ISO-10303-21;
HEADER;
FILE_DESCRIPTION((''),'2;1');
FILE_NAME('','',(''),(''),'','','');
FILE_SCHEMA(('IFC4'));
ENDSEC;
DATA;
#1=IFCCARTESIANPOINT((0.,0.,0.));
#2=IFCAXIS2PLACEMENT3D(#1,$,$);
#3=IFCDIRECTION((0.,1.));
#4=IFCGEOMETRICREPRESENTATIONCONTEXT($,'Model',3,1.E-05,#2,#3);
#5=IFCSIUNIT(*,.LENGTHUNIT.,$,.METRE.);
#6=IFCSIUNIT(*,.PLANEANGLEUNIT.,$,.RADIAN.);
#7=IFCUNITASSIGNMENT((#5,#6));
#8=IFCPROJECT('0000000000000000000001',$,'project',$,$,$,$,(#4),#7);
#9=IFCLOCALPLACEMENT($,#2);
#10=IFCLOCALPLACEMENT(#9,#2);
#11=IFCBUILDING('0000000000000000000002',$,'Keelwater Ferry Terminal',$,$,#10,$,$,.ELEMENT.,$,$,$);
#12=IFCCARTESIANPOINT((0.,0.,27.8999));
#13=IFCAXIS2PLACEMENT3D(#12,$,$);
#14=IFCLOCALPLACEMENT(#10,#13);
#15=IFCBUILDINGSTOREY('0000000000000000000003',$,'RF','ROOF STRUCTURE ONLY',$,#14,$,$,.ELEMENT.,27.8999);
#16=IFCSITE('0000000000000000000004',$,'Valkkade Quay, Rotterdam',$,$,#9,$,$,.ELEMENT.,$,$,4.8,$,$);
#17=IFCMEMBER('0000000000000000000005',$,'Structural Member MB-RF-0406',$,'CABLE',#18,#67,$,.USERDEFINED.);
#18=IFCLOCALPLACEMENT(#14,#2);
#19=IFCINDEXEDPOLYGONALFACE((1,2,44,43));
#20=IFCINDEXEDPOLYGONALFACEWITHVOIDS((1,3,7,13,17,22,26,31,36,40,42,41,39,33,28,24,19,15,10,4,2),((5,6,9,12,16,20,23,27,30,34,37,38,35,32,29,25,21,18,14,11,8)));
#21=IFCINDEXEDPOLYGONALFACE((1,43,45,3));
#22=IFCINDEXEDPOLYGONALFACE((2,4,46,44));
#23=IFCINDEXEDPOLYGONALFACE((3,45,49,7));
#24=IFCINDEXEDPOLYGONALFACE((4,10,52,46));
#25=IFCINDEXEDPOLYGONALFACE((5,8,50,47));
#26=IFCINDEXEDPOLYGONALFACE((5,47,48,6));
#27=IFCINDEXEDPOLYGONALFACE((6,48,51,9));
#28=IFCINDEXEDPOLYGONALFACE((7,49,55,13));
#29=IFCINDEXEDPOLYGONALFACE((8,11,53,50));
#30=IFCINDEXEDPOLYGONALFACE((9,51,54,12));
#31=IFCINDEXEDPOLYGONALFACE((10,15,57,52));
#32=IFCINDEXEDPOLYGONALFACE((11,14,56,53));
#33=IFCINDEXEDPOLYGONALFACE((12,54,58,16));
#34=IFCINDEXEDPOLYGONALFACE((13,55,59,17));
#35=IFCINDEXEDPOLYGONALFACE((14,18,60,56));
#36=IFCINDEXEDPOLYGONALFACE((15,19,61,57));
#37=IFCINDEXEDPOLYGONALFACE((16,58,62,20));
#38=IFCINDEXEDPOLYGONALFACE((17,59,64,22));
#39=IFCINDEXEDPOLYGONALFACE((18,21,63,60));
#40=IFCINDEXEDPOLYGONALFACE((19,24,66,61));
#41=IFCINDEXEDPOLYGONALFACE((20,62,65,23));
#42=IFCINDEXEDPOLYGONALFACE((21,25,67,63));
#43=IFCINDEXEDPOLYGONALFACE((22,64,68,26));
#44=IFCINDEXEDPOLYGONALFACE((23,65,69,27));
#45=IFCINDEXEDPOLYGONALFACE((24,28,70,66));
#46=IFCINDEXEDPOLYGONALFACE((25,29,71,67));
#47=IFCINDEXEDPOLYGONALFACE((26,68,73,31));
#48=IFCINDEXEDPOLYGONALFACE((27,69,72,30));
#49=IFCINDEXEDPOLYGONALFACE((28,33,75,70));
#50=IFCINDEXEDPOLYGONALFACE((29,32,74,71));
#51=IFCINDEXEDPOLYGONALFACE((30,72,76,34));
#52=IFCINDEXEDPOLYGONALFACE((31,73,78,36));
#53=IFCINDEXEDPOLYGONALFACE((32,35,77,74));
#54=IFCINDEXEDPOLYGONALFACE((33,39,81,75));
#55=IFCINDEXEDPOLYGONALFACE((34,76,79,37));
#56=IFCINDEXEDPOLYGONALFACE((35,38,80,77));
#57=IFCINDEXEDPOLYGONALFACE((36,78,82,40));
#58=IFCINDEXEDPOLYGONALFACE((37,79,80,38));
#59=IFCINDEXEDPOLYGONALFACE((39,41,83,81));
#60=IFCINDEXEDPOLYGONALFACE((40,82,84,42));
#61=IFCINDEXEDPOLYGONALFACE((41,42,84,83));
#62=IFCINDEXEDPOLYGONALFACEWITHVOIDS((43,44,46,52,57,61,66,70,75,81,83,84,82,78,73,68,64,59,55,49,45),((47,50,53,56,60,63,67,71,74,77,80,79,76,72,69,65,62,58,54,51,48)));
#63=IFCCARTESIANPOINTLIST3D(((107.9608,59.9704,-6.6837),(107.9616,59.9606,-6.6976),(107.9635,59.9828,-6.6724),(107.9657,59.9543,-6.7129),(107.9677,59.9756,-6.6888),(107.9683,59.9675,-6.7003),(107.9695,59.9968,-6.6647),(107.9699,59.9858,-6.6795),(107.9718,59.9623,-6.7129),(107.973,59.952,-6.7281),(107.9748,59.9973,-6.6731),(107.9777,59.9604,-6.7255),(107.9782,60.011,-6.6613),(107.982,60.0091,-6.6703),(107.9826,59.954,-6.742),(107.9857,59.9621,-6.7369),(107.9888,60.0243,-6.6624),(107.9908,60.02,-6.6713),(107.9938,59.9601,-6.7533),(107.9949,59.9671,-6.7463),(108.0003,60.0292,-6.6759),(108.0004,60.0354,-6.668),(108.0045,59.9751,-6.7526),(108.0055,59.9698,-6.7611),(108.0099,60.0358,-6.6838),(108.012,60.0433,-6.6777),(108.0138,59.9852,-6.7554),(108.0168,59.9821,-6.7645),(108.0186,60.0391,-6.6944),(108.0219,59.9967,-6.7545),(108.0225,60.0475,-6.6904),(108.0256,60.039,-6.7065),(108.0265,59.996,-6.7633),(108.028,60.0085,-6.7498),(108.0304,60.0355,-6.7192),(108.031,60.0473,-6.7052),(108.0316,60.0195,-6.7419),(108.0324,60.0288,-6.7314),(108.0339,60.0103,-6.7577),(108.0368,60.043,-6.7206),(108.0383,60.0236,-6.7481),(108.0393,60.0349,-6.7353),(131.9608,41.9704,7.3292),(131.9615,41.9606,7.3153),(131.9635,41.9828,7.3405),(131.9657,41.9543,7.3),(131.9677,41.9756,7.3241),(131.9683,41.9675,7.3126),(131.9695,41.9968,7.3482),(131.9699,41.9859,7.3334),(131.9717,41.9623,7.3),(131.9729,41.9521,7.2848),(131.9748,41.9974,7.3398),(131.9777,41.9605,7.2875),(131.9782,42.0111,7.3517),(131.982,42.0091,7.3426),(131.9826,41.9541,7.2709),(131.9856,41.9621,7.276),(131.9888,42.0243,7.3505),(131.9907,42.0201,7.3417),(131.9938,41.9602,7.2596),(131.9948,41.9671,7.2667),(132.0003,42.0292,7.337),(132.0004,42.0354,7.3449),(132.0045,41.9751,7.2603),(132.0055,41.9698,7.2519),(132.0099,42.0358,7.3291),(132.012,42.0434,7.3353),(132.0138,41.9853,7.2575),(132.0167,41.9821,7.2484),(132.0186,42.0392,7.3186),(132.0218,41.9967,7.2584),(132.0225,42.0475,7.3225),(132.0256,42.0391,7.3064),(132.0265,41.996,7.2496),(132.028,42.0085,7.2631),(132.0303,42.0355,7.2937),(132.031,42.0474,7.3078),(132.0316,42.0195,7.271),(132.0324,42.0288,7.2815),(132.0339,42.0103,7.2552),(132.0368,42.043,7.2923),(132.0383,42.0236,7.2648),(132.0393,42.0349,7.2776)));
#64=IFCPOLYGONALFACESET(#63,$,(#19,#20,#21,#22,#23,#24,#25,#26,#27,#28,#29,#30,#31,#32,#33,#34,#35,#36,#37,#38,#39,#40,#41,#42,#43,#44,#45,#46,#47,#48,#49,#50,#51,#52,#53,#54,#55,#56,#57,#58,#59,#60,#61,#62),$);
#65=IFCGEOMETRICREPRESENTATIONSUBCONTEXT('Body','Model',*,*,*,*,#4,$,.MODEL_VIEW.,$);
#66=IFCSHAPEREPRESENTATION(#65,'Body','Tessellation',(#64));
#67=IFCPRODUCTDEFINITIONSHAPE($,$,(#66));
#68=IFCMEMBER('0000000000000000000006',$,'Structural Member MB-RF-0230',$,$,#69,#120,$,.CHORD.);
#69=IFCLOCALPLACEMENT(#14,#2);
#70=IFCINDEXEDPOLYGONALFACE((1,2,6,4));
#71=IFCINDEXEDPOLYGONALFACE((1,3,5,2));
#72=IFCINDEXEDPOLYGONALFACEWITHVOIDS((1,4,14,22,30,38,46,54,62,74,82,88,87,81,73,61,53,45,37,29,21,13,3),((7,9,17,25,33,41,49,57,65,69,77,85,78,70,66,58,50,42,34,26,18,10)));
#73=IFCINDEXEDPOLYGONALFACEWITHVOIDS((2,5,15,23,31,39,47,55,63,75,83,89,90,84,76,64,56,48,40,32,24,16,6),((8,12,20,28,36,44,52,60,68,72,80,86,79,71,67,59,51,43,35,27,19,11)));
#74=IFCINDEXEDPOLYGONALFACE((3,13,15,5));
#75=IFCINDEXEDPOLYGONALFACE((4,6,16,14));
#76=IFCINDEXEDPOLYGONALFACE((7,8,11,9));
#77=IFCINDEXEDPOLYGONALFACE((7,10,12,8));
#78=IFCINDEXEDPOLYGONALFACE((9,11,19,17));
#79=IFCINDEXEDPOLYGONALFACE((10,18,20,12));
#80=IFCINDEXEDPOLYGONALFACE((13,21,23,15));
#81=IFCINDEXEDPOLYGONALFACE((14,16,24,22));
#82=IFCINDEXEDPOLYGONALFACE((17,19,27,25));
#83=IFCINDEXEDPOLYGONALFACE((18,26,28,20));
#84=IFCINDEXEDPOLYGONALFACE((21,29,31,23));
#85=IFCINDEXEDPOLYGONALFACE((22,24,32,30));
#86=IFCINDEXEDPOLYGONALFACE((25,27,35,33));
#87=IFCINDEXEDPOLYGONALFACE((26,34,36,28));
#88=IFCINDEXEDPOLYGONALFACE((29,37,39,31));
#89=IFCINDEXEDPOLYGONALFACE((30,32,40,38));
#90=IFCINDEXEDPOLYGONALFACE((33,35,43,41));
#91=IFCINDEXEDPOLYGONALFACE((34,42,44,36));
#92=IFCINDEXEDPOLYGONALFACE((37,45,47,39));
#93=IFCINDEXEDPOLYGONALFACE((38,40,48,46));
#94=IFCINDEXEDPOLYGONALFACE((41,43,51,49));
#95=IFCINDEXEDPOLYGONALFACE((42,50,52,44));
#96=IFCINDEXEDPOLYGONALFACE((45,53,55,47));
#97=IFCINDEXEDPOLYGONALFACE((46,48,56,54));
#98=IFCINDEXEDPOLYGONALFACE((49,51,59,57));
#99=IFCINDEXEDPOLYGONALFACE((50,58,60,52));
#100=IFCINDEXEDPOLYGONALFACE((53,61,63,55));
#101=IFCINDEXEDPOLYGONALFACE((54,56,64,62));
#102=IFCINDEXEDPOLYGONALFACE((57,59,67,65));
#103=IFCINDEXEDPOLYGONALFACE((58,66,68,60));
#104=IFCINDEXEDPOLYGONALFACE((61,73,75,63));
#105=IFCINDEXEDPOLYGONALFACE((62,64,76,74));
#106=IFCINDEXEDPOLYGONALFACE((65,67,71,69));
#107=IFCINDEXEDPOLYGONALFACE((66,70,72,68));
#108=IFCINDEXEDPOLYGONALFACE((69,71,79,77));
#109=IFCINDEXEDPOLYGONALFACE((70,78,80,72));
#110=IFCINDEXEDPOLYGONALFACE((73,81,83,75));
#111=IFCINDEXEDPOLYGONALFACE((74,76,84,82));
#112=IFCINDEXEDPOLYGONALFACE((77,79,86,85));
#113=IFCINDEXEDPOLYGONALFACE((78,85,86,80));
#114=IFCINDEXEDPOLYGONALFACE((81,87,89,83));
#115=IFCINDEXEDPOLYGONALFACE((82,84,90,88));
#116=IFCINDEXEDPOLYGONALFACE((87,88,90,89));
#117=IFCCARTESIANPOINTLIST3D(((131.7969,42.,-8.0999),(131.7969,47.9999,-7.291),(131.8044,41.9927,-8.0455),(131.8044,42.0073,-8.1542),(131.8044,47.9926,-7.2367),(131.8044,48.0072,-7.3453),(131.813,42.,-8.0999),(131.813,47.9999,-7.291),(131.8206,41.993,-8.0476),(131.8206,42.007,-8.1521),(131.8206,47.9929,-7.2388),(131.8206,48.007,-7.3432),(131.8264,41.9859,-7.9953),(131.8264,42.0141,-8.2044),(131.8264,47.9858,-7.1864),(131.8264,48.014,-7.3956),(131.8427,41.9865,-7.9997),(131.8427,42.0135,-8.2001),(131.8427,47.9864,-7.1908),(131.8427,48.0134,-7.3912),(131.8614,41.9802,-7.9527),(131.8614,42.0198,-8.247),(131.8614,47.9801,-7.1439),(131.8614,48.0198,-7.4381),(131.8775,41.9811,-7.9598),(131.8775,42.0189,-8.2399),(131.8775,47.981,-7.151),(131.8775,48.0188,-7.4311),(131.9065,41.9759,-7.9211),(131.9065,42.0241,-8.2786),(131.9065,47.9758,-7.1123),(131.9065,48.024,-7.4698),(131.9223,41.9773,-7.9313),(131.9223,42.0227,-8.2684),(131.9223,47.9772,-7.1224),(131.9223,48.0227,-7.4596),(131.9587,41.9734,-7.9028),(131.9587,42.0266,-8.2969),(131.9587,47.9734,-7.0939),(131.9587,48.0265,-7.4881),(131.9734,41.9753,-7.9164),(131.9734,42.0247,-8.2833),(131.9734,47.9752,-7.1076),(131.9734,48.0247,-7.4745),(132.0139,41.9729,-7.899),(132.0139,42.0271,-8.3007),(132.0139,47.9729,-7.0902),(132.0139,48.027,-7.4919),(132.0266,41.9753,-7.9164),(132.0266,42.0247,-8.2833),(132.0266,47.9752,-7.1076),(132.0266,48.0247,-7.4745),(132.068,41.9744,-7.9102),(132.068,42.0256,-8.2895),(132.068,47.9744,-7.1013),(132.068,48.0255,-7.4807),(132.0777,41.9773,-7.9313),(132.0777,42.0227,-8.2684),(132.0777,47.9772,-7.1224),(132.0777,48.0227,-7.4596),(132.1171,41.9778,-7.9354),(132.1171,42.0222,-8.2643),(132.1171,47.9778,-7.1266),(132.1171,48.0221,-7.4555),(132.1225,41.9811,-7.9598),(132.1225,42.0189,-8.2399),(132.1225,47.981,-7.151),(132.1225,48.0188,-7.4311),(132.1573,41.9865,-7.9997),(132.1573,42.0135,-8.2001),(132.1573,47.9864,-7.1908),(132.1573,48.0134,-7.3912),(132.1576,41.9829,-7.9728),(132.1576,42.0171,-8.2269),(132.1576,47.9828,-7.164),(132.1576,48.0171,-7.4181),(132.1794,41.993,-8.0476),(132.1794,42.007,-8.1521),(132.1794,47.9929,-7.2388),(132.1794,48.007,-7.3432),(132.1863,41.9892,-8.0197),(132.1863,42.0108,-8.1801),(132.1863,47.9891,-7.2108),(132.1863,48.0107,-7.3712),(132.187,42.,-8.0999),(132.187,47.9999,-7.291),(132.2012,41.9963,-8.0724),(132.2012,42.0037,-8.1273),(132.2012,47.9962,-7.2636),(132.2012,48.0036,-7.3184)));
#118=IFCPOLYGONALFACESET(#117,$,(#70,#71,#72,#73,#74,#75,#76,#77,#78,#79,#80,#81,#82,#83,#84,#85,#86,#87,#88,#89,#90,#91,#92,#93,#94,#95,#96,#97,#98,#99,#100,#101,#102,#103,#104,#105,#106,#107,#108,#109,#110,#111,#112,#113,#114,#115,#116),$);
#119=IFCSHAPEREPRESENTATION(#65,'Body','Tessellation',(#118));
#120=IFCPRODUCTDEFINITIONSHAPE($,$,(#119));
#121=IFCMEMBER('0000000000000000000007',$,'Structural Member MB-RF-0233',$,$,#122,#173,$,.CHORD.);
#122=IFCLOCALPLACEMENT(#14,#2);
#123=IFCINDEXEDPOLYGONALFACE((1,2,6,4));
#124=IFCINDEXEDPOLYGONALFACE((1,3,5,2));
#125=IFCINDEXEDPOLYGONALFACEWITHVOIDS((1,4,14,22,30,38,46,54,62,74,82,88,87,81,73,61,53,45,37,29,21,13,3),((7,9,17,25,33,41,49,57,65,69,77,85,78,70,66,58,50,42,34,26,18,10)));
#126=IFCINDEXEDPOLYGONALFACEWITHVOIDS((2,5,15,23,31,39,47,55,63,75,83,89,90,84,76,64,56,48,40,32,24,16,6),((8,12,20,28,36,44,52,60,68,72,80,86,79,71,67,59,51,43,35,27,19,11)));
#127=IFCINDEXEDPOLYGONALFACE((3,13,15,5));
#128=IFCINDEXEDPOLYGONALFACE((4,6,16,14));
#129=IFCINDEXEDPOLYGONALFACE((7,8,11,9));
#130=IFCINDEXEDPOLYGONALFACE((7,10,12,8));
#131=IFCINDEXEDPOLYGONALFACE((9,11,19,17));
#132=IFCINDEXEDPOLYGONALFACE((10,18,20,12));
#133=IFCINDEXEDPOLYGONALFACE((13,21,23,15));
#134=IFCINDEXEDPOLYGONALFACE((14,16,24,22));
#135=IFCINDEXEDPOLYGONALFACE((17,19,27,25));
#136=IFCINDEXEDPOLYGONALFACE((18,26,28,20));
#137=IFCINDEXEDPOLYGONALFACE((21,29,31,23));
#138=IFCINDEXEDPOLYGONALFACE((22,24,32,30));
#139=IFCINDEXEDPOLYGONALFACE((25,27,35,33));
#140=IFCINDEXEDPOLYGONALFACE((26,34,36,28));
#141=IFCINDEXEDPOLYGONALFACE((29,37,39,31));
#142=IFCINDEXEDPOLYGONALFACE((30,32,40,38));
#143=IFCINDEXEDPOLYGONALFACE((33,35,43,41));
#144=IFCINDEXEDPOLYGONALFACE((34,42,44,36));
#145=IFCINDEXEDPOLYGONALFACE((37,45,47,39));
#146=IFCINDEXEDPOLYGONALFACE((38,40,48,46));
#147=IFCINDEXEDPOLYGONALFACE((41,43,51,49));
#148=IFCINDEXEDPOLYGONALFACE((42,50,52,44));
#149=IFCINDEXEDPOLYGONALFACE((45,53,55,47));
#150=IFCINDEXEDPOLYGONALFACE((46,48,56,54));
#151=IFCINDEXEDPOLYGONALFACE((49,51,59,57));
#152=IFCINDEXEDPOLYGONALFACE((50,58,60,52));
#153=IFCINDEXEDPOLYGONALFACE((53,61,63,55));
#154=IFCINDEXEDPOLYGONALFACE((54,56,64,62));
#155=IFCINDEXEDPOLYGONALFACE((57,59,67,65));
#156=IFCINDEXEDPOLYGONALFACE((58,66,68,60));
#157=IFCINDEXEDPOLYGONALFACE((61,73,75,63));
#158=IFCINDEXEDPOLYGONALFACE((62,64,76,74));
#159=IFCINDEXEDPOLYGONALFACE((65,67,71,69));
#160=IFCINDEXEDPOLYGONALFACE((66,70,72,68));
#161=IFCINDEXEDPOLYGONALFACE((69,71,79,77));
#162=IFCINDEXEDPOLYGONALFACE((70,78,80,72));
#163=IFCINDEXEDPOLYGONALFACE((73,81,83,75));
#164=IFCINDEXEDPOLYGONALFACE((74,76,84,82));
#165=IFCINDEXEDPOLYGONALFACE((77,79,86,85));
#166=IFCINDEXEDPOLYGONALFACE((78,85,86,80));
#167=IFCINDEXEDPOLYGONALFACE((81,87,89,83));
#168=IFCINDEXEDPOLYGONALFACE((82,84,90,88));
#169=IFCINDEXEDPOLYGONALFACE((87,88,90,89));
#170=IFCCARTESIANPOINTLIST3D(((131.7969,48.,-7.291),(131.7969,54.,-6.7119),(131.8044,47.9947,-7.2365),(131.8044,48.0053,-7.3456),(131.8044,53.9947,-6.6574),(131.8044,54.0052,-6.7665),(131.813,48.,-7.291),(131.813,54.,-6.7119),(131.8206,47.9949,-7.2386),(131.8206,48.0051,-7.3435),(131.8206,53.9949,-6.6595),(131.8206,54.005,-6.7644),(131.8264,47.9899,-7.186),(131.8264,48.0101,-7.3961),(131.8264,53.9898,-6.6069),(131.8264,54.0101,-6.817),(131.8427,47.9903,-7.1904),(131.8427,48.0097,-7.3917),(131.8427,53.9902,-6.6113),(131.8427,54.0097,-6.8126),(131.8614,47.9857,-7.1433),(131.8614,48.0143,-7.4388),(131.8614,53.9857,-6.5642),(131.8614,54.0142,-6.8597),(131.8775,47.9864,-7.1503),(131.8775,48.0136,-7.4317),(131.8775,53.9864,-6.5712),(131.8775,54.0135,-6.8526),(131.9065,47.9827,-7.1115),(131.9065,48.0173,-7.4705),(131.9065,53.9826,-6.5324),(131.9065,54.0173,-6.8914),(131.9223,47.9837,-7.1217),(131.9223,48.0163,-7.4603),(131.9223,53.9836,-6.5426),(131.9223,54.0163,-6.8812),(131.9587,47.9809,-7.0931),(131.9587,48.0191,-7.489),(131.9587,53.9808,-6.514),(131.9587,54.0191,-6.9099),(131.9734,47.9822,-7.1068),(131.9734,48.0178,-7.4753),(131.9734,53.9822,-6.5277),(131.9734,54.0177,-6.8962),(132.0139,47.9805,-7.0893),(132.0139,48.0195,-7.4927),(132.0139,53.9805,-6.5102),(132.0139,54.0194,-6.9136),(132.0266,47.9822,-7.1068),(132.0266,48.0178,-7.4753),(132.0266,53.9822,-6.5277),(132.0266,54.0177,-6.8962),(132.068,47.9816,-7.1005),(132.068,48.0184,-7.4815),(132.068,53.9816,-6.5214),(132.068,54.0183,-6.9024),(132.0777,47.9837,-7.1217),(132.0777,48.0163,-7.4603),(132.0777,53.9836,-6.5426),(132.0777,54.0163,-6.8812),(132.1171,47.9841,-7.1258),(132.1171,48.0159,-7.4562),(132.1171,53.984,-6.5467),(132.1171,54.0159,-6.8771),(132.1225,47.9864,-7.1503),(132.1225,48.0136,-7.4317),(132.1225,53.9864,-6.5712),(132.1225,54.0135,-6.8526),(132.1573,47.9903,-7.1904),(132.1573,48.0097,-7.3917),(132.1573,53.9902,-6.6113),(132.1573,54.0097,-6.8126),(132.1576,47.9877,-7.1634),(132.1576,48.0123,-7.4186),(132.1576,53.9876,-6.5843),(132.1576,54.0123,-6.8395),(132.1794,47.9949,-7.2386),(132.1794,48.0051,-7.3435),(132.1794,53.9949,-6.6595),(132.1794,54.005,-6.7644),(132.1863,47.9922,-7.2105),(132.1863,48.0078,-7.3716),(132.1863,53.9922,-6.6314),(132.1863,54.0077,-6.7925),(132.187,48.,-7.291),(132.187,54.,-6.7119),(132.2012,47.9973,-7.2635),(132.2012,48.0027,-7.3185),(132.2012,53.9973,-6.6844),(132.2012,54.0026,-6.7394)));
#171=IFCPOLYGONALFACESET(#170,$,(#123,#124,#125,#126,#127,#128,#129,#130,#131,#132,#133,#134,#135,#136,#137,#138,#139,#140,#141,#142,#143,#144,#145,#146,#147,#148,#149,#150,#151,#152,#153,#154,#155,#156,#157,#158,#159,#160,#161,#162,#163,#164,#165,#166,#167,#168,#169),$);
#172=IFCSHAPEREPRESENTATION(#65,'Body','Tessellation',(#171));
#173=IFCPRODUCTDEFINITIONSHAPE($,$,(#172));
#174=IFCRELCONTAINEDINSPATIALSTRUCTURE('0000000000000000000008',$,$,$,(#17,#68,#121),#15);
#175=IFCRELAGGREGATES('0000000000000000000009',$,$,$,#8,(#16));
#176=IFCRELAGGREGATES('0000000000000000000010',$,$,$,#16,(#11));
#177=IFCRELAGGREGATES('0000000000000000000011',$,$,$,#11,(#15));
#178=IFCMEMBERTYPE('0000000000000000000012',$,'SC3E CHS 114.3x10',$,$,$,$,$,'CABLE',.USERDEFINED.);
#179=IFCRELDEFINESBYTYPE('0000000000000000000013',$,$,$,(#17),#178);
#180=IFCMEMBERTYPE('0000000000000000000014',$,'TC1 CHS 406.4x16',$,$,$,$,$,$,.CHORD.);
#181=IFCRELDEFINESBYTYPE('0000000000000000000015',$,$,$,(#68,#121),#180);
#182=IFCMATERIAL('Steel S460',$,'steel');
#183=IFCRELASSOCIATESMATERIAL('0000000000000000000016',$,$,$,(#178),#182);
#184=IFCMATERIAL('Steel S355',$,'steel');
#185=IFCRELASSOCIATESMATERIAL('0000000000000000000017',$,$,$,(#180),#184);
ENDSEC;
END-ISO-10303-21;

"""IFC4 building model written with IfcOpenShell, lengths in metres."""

from ifc_helpers import new_model, si_unit, direction, frame, origin, origin_2d, place, context, subcontext, project, spatial, hollow_circle, extrude, material, material_profile, profile_set, type_object, element, save


model = new_model("IFC4")

# Units and contexts
model_context = context("Model", 3, precision=1e-05, world=origin(), true_north=direction((0.0, 1.0)))
body_context = subcontext(model_context, "Body", "Model", "MODEL_VIEW")
ifc_project = project(units=[si_unit("LENGTHUNIT", "METRE"), si_unit("PLANEANGLEUNIT", "RADIAN")], contexts=[model_context])

# Site, building, storey
site_placement = place(None, origin())
site = spatial("IfcSite", under=ifc_project, at=site_placement, Name="Valkkade Quay, Rotterdam", CompositionType="ELEMENT", RefElevation=4.8)
building_placement = place(site_placement, origin())
building = spatial("IfcBuilding", under=site, at=building_placement, Name="Keelwater Ferry Terminal", CompositionType="ELEMENT")
storey_placement = place(building_placement, frame((0.0, 0.0, 27.8999)))
storey = spatial("IfcBuildingStorey", under=building, at=storey_placement, Name="RF", Description="ROOF STRUCTURE ONLY", CompositionType="ELEMENT", Elevation=27.8999)

# Members
ifc_material_1 = material(Name="Steel S460", Category="steel")
ifc_material_profile_1 = material_profile(ifc_material_1, hollow_circle(Radius=0.0571, WallThickness=0.01, at=origin_2d()), Name="CHS 114.3x10")
ifc_profile_set_1 = profile_set([ifc_material_profile_1], Name="Steel S460")
member_type_1 = type_object("IfcMemberType", Name="SC3E CHS 114.3x10", ElementType="CABLE", PredefinedType="USERDEFINED", material=ifc_profile_set_1)
member_1_placement = place(storey_placement, frame((132.0, 42.0, 7.3), z_axis=(-0.724827, 0.54362, -0.423206), x_axis=(-0.6, -0.8, 0.0)))
element("IfcMember", 1, at=member_1_placement, inside=storey, type_object=member_type_1, Name="Structural Member MB-RF-0406", ObjectType="CABLE", PredefinedType="USERDEFINED", context=body_context, shape_type="SweptSolid", body=[
    extrude(hollow_circle(Radius=0.0571, WallThickness=0.01, at=origin_2d()), origin(), (0.0, 0.0, 1.0), 33.1113),
])
ifc_material_2 = material(Name="Steel S355", Category="steel")
ifc_material_profile_2 = material_profile(ifc_material_2, hollow_circle(Radius=0.2031, WallThickness=0.0161, at=origin_2d()), Name="CHS 406.4x16")
ifc_profile_set_2 = profile_set([ifc_material_profile_2], Name="Steel S355")
member_type_2 = type_object("IfcMemberType", Name="TC1 CHS 406.4x16", PredefinedType="CHORD", material=ifc_profile_set_2)
member_2_placement = place(storey_placement, frame((132.0, 42.0, -8.0999), z_axis=(0.0, 0.991036, 0.133598), x_axis=(-1.0, 0.0, 0.0)))
element("IfcMember", 2, at=member_2_placement, inside=storey, type_object=member_type_2, Name="Structural Member MB-RF-0230", PredefinedType="CHORD", context=body_context, shape_type="SweptSolid", body=[
    extrude(hollow_circle(Radius=0.2031, WallThickness=0.0161, at=origin_2d()), origin(), (0.0, 0.0, 1.0), 6.0542),
])
member_3_placement = place(storey_placement, frame((132.0, 48.0, -7.291), z_axis=(0.0, 0.995375, 0.09607), x_axis=(-1.0, 0.0, 0.0)))
element("IfcMember", 3, at=member_3_placement, inside=storey, type_object=member_type_2, Name="Structural Member MB-RF-0233", PredefinedType="CHORD", context=body_context, shape_type="SweptSolid", body=[
    extrude(hollow_circle(Radius=0.2031, WallThickness=0.0161, at=origin_2d()), origin(), (0.0, 0.0, 1.0), 6.0278),
])

save(model, "model.ifc")
